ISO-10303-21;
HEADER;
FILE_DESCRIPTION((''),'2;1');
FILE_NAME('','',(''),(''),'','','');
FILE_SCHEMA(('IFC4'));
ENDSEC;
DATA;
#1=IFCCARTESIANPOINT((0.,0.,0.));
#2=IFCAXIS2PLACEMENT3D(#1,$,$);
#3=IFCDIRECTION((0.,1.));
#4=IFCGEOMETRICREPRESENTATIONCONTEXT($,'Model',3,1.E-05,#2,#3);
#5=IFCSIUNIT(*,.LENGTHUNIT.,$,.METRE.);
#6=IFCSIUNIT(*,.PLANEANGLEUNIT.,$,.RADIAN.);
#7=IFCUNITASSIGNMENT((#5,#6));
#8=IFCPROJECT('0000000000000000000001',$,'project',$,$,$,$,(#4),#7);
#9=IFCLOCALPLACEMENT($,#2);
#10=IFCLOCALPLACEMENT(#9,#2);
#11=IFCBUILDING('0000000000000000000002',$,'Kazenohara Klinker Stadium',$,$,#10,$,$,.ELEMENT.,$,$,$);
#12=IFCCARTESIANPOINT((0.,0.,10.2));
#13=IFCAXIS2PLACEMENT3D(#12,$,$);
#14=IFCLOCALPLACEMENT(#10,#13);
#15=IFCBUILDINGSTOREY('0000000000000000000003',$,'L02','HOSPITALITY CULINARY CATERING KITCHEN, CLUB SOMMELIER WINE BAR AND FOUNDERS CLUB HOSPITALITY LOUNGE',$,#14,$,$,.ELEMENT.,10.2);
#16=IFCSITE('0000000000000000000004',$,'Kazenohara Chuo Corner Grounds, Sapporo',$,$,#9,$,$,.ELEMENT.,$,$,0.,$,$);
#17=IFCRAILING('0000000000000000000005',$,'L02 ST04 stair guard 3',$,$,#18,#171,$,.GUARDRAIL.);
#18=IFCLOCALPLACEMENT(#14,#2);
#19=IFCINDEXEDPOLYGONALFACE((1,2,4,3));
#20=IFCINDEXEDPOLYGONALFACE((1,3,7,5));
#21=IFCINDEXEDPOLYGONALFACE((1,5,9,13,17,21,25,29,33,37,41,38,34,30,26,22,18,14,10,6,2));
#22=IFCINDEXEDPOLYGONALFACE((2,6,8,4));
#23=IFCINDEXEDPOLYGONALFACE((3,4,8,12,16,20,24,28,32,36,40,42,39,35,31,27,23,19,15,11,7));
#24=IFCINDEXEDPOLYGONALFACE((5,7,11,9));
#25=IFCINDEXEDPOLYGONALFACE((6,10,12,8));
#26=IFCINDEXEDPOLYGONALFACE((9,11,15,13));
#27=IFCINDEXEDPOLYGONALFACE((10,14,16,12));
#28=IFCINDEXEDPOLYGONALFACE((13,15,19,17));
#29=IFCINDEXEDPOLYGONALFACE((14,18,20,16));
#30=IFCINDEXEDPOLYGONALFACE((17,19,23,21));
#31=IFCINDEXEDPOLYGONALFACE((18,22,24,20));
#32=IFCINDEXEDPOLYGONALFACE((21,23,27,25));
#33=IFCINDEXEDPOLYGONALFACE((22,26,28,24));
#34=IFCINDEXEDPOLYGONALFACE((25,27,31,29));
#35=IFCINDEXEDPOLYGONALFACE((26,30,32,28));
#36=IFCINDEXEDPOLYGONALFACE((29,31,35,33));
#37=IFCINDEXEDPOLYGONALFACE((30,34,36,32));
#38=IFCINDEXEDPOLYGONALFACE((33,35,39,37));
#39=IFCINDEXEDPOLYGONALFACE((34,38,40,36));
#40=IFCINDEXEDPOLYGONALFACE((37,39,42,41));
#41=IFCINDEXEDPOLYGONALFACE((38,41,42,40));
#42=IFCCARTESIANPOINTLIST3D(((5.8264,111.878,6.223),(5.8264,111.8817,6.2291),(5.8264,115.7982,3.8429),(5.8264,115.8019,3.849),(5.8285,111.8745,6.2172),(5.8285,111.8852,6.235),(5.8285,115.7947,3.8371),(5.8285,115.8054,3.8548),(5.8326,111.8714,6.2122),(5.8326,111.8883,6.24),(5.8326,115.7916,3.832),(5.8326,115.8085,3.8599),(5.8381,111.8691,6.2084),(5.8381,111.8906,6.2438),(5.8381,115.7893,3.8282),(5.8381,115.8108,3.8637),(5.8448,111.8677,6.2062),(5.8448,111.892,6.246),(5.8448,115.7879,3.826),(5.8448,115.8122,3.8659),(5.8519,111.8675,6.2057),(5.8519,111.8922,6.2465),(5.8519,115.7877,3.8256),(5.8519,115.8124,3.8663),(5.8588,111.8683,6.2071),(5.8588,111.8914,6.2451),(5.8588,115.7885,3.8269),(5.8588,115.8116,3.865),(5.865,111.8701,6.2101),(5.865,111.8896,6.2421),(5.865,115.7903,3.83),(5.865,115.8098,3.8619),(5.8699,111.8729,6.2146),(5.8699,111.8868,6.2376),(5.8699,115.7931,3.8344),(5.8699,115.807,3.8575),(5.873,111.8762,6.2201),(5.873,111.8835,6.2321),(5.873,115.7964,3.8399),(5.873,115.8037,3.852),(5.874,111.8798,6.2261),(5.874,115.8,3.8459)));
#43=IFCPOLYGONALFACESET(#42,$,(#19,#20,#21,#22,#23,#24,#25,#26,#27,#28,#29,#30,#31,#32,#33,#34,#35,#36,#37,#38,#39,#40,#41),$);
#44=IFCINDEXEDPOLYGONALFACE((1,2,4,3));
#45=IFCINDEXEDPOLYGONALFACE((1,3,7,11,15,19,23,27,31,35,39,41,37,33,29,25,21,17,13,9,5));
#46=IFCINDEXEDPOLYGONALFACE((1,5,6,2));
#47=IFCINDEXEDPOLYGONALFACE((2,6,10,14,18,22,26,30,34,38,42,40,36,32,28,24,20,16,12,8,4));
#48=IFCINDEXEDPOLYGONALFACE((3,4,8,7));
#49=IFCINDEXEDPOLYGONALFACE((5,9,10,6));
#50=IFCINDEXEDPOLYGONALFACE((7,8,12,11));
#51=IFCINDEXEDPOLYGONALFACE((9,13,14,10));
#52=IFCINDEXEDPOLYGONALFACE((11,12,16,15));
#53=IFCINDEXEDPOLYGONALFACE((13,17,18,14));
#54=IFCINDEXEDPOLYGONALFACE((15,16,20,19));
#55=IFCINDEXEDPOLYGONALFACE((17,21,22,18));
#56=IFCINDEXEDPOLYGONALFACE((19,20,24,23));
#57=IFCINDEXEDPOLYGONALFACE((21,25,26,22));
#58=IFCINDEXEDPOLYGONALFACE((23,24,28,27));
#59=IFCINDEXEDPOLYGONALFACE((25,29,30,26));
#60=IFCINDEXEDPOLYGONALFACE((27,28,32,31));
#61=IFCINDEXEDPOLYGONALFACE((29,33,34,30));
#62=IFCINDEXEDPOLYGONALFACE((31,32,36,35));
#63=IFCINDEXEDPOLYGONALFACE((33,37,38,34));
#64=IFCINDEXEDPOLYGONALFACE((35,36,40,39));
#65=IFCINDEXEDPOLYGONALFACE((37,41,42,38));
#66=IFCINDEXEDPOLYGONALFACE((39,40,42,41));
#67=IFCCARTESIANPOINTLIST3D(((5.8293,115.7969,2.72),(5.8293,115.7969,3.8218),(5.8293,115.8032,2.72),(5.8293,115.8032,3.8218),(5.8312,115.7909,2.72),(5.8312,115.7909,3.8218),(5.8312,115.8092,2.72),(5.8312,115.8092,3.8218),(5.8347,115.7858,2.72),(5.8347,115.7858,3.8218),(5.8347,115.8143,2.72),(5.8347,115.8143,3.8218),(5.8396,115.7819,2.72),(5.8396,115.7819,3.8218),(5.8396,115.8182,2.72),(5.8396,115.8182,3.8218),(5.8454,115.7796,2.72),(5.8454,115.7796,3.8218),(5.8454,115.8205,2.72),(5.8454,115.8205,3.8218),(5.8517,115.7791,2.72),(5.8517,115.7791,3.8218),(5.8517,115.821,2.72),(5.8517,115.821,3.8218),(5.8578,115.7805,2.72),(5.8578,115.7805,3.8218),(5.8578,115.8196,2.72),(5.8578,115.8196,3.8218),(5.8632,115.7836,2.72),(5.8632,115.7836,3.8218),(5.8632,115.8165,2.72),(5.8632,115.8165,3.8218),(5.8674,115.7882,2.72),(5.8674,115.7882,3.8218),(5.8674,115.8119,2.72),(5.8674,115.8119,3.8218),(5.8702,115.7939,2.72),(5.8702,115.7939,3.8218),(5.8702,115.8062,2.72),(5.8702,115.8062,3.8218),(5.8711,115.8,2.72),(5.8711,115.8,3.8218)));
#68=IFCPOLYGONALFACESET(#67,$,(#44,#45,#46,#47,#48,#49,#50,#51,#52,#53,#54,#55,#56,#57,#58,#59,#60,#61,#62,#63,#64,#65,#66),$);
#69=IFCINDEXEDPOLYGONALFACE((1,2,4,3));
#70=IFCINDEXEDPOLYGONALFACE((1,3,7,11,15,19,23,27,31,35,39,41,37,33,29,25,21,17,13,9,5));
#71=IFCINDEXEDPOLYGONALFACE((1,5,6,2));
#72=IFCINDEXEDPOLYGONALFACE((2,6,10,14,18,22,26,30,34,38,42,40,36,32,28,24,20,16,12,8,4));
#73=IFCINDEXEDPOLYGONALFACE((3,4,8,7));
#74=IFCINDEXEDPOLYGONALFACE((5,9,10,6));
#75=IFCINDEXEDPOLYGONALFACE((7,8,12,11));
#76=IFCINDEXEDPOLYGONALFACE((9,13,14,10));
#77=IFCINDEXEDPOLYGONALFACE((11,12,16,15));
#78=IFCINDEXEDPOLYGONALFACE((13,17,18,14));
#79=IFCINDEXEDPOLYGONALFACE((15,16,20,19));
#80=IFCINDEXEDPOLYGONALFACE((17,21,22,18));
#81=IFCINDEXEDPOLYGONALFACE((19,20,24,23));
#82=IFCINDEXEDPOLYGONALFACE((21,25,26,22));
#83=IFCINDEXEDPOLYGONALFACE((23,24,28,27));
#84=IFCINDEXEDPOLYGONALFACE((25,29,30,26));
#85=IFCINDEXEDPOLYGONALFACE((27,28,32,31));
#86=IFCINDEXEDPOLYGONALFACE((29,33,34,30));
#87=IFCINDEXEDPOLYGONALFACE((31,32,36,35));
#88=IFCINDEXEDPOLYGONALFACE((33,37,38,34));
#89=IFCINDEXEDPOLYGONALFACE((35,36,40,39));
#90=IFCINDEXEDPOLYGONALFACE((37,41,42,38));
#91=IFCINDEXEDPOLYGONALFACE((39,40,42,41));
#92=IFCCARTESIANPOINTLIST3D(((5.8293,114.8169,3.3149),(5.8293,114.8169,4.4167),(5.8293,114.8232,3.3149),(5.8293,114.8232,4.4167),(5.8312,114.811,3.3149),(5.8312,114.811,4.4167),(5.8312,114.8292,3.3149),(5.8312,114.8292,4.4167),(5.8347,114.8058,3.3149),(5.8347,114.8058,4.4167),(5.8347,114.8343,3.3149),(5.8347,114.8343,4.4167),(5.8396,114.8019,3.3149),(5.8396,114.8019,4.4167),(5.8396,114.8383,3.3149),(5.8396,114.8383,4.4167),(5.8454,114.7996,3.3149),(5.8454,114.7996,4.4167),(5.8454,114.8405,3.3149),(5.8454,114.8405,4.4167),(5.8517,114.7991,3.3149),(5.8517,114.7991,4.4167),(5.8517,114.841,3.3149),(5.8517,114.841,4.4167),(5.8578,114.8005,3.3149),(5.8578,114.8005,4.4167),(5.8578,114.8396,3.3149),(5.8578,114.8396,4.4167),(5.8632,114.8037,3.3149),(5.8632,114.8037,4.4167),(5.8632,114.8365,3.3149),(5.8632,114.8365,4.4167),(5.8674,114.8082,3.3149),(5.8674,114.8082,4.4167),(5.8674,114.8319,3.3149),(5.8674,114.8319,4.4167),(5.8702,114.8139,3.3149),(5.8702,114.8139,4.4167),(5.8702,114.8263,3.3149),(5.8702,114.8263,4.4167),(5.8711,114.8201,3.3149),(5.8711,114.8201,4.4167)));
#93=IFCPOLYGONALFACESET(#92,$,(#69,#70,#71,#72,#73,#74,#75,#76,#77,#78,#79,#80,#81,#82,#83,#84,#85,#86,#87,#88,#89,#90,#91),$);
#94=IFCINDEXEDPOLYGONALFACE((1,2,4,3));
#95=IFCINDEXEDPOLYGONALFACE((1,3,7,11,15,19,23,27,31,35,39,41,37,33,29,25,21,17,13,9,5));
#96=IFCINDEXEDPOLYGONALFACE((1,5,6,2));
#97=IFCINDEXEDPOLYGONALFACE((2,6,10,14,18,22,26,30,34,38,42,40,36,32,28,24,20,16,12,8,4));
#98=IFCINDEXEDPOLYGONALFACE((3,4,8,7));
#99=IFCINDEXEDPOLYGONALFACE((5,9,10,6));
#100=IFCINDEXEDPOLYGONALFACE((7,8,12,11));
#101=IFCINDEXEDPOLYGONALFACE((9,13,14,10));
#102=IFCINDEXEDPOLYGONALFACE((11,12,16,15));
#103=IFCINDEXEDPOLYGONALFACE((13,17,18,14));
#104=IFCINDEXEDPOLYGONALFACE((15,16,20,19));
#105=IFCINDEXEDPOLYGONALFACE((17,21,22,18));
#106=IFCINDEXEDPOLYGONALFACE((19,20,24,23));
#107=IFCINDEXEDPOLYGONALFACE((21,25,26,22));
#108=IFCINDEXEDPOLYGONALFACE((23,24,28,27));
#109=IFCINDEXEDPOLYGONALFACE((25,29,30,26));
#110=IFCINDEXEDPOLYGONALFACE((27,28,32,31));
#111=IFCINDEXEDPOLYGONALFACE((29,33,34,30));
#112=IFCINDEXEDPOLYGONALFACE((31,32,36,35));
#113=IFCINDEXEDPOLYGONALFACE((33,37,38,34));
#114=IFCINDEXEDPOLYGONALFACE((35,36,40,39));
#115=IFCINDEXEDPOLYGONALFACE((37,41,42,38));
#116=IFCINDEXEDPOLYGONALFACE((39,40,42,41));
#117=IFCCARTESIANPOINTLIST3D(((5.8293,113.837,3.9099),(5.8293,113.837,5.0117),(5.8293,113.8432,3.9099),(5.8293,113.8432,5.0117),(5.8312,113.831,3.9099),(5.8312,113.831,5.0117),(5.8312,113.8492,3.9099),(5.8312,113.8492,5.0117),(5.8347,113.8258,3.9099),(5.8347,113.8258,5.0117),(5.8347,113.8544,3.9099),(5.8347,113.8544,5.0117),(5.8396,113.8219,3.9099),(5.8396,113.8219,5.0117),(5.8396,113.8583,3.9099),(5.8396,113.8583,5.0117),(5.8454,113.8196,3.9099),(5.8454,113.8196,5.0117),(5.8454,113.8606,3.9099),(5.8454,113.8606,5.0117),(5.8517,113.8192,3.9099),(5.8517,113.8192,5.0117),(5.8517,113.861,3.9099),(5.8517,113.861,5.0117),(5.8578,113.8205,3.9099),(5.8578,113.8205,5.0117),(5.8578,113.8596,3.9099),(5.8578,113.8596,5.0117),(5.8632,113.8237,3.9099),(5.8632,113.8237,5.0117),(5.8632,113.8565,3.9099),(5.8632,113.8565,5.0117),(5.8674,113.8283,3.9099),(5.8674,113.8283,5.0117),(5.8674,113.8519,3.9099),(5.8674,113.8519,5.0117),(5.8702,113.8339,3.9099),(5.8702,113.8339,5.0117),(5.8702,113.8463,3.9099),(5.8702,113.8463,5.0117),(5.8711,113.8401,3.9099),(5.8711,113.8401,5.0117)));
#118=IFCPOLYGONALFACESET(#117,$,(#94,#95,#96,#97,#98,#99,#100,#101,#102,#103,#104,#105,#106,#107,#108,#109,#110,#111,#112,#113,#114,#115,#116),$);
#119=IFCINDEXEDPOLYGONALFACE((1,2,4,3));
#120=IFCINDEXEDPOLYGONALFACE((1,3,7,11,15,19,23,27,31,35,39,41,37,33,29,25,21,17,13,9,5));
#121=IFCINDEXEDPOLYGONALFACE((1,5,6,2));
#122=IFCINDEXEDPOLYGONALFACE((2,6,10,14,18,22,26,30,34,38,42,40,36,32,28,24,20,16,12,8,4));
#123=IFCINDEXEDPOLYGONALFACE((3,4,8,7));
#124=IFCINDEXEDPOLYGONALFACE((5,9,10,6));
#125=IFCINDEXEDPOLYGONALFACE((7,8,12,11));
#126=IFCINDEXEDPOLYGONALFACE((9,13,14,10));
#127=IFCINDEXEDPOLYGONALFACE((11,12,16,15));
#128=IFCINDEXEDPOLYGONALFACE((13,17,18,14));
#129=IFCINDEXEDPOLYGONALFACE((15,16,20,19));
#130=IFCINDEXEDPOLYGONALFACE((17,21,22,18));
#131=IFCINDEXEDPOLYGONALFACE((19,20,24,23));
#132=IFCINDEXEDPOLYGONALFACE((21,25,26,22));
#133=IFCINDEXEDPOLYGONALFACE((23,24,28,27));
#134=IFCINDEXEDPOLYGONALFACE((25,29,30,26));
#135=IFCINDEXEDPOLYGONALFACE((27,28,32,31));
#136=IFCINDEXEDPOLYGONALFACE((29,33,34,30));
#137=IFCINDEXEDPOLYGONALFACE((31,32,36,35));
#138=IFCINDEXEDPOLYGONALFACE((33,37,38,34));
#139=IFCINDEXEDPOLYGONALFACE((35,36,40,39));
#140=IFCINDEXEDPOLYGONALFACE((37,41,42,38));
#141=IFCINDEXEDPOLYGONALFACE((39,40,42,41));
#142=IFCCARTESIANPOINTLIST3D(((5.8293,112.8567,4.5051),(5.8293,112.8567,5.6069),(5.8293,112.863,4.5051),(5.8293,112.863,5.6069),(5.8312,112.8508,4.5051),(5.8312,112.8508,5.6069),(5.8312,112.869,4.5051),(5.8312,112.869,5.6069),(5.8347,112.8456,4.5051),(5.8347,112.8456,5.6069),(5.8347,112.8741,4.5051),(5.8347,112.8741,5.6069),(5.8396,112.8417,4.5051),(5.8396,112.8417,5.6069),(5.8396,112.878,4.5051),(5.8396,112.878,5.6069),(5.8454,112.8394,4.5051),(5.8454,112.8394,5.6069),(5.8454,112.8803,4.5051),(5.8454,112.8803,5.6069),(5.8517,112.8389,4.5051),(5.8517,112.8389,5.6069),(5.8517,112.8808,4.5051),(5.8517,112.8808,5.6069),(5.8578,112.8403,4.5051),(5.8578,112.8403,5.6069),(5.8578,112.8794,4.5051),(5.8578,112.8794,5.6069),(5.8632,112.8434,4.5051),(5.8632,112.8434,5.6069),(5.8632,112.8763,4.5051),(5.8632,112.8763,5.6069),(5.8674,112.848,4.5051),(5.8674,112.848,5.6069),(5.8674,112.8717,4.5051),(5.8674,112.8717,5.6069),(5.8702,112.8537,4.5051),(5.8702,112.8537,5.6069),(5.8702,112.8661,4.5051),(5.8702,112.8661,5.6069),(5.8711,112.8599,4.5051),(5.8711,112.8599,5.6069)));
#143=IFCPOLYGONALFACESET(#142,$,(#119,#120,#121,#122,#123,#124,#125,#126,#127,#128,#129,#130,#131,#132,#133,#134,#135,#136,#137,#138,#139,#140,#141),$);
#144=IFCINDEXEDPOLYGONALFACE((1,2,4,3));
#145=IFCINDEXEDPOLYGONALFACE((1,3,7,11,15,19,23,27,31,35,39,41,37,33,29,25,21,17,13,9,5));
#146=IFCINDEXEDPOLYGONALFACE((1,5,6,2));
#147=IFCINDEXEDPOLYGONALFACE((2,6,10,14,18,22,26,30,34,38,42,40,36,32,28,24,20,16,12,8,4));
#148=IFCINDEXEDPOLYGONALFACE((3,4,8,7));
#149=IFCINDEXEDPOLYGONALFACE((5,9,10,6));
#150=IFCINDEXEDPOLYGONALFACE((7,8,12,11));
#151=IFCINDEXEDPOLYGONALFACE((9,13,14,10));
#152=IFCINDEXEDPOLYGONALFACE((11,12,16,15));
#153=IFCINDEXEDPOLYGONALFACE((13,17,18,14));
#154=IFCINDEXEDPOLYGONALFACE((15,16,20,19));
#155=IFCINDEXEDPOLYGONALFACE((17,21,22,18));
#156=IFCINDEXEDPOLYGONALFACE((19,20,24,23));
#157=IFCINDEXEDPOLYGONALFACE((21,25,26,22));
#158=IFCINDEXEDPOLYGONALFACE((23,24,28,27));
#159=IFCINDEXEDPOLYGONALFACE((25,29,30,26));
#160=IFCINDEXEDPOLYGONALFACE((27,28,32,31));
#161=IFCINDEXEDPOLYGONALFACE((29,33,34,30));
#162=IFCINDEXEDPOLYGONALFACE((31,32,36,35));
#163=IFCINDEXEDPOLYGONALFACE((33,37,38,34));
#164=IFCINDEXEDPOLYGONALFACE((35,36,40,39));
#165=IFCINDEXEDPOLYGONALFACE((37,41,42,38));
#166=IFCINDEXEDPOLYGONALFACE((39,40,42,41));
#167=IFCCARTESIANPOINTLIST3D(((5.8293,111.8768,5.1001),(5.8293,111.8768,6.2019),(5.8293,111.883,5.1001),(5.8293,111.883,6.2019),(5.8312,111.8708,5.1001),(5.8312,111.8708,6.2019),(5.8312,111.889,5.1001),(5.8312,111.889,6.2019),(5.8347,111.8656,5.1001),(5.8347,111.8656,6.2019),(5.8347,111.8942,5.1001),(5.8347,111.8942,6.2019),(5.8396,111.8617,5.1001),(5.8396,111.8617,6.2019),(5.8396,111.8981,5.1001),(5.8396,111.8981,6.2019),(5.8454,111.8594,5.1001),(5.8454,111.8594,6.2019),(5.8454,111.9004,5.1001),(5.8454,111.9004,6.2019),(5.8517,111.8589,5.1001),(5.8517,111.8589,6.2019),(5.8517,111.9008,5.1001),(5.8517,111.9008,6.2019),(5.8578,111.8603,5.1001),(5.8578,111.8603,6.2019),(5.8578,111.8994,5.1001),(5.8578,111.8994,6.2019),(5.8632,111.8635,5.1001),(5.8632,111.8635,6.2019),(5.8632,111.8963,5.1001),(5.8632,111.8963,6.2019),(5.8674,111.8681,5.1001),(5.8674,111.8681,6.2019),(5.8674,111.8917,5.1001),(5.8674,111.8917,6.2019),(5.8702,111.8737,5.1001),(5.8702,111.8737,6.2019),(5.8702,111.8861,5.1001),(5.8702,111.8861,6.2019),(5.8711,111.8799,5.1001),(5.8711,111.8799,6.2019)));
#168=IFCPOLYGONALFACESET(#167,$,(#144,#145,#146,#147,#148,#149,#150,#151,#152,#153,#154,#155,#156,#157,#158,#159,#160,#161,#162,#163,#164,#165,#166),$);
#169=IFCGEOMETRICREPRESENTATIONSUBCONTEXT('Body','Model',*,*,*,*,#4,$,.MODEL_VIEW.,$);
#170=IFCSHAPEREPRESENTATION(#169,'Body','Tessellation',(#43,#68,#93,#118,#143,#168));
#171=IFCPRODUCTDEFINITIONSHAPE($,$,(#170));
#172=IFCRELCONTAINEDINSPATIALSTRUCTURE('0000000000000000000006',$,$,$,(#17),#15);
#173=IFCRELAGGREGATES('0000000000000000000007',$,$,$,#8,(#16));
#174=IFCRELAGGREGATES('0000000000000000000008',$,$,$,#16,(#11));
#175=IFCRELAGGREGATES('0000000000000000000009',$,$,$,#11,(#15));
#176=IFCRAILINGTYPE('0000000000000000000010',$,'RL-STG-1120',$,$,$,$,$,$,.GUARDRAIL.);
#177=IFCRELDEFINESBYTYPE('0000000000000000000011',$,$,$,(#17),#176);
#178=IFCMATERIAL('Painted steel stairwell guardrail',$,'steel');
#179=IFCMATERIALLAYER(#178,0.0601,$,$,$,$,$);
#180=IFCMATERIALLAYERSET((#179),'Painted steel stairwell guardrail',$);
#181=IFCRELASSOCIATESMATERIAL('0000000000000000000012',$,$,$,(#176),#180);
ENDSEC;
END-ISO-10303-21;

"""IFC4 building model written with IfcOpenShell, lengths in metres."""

from ifc_helpers import new_model, si_unit, direction, frame, origin, origin_2d, place, context, subcontext, project, spatial, circle, extrude, material, layer, layer_set, type_object, element, save


model = new_model("IFC4")

# Units and contexts
model_context = context("Model", 3, precision=1e-05, world=origin(), true_north=direction((0.0, 1.0)))
body_context = subcontext(model_context, "Body", "Model", "MODEL_VIEW")
ifc_project = project(units=[si_unit("LENGTHUNIT", "METRE"), si_unit("PLANEANGLEUNIT", "RADIAN")], contexts=[model_context])

# Site, building, storey
site_placement = place(None, origin())
site = spatial("IfcSite", under=ifc_project, at=site_placement, Name="Kazenohara Chuo Corner Grounds, Sapporo", CompositionType="ELEMENT", RefElevation=0.0)
building_placement = place(site_placement, origin())
building = spatial("IfcBuilding", under=site, at=building_placement, Name="Kazenohara Klinker Stadium", CompositionType="ELEMENT")
storey_placement = place(building_placement, frame((0.0, 0.0, 10.2)))
storey = spatial("IfcBuildingStorey", under=building, at=storey_placement, Name="L02", Description="HOSPITALITY CULINARY CATERING KITCHEN, CLUB SOMMELIER WINE BAR AND FOUNDERS CLUB HOSPITALITY LOUNGE", CompositionType="ELEMENT", Elevation=10.2)

# Railing
ifc_material_1 = material(Name="Painted steel stairwell guardrail", Category="steel")
ifc_layer_1 = layer(ifc_material_1, 0.0601)
ifc_layer_set_1 = layer_set([ifc_layer_1], Name="Painted steel stairwell guardrail")
railing_type_1 = type_object("IfcRailingType", Name="RL-STG-1120", PredefinedType="GUARDRAIL", material=ifc_layer_set_1)
railing_1_placement = place(storey_placement, frame((5.8501, 115.8, 2.72)))
element("IfcRailing", 1, at=railing_1_placement, inside=storey, type_object=railing_type_1, Name="L02 ST04 stair guard 3", PredefinedType="GUARDRAIL", context=body_context, shape_type="SweptSolid", body=[
    extrude(circle(Radius=0.0239, at=origin_2d()), frame((0.0, 0.0, 1.126), z_axis=(0.0, -0.854785, 0.518982), x_axis=(1.0, 0.0, 0.0)), (0.0, 0.0, 1.0), 4.5862),
    extrude(circle(Radius=0.021, at=origin_2d()), origin(), (0.0, 0.0, 1.0), 1.1018),
    extrude(circle(Radius=0.021, at=origin_2d()), frame((0.0, -0.98, 0.595)), (0.0, 0.0, 1.0), 1.1018),
    extrude(circle(Radius=0.021, at=origin_2d()), frame((0.0, -1.96, 1.1899)), (0.0, 0.0, 1.0), 1.1018),
    extrude(circle(Radius=0.021, at=origin_2d()), frame((0.0, -2.9402, 1.7852)), (0.0, 0.0, 1.0), 1.1018),
    extrude(circle(Radius=0.021, at=origin_2d()), frame((0.0, -3.9202, 2.3801)), (0.0, 0.0, 1.0), 1.1018),
])

save(model, "model.ifc")
